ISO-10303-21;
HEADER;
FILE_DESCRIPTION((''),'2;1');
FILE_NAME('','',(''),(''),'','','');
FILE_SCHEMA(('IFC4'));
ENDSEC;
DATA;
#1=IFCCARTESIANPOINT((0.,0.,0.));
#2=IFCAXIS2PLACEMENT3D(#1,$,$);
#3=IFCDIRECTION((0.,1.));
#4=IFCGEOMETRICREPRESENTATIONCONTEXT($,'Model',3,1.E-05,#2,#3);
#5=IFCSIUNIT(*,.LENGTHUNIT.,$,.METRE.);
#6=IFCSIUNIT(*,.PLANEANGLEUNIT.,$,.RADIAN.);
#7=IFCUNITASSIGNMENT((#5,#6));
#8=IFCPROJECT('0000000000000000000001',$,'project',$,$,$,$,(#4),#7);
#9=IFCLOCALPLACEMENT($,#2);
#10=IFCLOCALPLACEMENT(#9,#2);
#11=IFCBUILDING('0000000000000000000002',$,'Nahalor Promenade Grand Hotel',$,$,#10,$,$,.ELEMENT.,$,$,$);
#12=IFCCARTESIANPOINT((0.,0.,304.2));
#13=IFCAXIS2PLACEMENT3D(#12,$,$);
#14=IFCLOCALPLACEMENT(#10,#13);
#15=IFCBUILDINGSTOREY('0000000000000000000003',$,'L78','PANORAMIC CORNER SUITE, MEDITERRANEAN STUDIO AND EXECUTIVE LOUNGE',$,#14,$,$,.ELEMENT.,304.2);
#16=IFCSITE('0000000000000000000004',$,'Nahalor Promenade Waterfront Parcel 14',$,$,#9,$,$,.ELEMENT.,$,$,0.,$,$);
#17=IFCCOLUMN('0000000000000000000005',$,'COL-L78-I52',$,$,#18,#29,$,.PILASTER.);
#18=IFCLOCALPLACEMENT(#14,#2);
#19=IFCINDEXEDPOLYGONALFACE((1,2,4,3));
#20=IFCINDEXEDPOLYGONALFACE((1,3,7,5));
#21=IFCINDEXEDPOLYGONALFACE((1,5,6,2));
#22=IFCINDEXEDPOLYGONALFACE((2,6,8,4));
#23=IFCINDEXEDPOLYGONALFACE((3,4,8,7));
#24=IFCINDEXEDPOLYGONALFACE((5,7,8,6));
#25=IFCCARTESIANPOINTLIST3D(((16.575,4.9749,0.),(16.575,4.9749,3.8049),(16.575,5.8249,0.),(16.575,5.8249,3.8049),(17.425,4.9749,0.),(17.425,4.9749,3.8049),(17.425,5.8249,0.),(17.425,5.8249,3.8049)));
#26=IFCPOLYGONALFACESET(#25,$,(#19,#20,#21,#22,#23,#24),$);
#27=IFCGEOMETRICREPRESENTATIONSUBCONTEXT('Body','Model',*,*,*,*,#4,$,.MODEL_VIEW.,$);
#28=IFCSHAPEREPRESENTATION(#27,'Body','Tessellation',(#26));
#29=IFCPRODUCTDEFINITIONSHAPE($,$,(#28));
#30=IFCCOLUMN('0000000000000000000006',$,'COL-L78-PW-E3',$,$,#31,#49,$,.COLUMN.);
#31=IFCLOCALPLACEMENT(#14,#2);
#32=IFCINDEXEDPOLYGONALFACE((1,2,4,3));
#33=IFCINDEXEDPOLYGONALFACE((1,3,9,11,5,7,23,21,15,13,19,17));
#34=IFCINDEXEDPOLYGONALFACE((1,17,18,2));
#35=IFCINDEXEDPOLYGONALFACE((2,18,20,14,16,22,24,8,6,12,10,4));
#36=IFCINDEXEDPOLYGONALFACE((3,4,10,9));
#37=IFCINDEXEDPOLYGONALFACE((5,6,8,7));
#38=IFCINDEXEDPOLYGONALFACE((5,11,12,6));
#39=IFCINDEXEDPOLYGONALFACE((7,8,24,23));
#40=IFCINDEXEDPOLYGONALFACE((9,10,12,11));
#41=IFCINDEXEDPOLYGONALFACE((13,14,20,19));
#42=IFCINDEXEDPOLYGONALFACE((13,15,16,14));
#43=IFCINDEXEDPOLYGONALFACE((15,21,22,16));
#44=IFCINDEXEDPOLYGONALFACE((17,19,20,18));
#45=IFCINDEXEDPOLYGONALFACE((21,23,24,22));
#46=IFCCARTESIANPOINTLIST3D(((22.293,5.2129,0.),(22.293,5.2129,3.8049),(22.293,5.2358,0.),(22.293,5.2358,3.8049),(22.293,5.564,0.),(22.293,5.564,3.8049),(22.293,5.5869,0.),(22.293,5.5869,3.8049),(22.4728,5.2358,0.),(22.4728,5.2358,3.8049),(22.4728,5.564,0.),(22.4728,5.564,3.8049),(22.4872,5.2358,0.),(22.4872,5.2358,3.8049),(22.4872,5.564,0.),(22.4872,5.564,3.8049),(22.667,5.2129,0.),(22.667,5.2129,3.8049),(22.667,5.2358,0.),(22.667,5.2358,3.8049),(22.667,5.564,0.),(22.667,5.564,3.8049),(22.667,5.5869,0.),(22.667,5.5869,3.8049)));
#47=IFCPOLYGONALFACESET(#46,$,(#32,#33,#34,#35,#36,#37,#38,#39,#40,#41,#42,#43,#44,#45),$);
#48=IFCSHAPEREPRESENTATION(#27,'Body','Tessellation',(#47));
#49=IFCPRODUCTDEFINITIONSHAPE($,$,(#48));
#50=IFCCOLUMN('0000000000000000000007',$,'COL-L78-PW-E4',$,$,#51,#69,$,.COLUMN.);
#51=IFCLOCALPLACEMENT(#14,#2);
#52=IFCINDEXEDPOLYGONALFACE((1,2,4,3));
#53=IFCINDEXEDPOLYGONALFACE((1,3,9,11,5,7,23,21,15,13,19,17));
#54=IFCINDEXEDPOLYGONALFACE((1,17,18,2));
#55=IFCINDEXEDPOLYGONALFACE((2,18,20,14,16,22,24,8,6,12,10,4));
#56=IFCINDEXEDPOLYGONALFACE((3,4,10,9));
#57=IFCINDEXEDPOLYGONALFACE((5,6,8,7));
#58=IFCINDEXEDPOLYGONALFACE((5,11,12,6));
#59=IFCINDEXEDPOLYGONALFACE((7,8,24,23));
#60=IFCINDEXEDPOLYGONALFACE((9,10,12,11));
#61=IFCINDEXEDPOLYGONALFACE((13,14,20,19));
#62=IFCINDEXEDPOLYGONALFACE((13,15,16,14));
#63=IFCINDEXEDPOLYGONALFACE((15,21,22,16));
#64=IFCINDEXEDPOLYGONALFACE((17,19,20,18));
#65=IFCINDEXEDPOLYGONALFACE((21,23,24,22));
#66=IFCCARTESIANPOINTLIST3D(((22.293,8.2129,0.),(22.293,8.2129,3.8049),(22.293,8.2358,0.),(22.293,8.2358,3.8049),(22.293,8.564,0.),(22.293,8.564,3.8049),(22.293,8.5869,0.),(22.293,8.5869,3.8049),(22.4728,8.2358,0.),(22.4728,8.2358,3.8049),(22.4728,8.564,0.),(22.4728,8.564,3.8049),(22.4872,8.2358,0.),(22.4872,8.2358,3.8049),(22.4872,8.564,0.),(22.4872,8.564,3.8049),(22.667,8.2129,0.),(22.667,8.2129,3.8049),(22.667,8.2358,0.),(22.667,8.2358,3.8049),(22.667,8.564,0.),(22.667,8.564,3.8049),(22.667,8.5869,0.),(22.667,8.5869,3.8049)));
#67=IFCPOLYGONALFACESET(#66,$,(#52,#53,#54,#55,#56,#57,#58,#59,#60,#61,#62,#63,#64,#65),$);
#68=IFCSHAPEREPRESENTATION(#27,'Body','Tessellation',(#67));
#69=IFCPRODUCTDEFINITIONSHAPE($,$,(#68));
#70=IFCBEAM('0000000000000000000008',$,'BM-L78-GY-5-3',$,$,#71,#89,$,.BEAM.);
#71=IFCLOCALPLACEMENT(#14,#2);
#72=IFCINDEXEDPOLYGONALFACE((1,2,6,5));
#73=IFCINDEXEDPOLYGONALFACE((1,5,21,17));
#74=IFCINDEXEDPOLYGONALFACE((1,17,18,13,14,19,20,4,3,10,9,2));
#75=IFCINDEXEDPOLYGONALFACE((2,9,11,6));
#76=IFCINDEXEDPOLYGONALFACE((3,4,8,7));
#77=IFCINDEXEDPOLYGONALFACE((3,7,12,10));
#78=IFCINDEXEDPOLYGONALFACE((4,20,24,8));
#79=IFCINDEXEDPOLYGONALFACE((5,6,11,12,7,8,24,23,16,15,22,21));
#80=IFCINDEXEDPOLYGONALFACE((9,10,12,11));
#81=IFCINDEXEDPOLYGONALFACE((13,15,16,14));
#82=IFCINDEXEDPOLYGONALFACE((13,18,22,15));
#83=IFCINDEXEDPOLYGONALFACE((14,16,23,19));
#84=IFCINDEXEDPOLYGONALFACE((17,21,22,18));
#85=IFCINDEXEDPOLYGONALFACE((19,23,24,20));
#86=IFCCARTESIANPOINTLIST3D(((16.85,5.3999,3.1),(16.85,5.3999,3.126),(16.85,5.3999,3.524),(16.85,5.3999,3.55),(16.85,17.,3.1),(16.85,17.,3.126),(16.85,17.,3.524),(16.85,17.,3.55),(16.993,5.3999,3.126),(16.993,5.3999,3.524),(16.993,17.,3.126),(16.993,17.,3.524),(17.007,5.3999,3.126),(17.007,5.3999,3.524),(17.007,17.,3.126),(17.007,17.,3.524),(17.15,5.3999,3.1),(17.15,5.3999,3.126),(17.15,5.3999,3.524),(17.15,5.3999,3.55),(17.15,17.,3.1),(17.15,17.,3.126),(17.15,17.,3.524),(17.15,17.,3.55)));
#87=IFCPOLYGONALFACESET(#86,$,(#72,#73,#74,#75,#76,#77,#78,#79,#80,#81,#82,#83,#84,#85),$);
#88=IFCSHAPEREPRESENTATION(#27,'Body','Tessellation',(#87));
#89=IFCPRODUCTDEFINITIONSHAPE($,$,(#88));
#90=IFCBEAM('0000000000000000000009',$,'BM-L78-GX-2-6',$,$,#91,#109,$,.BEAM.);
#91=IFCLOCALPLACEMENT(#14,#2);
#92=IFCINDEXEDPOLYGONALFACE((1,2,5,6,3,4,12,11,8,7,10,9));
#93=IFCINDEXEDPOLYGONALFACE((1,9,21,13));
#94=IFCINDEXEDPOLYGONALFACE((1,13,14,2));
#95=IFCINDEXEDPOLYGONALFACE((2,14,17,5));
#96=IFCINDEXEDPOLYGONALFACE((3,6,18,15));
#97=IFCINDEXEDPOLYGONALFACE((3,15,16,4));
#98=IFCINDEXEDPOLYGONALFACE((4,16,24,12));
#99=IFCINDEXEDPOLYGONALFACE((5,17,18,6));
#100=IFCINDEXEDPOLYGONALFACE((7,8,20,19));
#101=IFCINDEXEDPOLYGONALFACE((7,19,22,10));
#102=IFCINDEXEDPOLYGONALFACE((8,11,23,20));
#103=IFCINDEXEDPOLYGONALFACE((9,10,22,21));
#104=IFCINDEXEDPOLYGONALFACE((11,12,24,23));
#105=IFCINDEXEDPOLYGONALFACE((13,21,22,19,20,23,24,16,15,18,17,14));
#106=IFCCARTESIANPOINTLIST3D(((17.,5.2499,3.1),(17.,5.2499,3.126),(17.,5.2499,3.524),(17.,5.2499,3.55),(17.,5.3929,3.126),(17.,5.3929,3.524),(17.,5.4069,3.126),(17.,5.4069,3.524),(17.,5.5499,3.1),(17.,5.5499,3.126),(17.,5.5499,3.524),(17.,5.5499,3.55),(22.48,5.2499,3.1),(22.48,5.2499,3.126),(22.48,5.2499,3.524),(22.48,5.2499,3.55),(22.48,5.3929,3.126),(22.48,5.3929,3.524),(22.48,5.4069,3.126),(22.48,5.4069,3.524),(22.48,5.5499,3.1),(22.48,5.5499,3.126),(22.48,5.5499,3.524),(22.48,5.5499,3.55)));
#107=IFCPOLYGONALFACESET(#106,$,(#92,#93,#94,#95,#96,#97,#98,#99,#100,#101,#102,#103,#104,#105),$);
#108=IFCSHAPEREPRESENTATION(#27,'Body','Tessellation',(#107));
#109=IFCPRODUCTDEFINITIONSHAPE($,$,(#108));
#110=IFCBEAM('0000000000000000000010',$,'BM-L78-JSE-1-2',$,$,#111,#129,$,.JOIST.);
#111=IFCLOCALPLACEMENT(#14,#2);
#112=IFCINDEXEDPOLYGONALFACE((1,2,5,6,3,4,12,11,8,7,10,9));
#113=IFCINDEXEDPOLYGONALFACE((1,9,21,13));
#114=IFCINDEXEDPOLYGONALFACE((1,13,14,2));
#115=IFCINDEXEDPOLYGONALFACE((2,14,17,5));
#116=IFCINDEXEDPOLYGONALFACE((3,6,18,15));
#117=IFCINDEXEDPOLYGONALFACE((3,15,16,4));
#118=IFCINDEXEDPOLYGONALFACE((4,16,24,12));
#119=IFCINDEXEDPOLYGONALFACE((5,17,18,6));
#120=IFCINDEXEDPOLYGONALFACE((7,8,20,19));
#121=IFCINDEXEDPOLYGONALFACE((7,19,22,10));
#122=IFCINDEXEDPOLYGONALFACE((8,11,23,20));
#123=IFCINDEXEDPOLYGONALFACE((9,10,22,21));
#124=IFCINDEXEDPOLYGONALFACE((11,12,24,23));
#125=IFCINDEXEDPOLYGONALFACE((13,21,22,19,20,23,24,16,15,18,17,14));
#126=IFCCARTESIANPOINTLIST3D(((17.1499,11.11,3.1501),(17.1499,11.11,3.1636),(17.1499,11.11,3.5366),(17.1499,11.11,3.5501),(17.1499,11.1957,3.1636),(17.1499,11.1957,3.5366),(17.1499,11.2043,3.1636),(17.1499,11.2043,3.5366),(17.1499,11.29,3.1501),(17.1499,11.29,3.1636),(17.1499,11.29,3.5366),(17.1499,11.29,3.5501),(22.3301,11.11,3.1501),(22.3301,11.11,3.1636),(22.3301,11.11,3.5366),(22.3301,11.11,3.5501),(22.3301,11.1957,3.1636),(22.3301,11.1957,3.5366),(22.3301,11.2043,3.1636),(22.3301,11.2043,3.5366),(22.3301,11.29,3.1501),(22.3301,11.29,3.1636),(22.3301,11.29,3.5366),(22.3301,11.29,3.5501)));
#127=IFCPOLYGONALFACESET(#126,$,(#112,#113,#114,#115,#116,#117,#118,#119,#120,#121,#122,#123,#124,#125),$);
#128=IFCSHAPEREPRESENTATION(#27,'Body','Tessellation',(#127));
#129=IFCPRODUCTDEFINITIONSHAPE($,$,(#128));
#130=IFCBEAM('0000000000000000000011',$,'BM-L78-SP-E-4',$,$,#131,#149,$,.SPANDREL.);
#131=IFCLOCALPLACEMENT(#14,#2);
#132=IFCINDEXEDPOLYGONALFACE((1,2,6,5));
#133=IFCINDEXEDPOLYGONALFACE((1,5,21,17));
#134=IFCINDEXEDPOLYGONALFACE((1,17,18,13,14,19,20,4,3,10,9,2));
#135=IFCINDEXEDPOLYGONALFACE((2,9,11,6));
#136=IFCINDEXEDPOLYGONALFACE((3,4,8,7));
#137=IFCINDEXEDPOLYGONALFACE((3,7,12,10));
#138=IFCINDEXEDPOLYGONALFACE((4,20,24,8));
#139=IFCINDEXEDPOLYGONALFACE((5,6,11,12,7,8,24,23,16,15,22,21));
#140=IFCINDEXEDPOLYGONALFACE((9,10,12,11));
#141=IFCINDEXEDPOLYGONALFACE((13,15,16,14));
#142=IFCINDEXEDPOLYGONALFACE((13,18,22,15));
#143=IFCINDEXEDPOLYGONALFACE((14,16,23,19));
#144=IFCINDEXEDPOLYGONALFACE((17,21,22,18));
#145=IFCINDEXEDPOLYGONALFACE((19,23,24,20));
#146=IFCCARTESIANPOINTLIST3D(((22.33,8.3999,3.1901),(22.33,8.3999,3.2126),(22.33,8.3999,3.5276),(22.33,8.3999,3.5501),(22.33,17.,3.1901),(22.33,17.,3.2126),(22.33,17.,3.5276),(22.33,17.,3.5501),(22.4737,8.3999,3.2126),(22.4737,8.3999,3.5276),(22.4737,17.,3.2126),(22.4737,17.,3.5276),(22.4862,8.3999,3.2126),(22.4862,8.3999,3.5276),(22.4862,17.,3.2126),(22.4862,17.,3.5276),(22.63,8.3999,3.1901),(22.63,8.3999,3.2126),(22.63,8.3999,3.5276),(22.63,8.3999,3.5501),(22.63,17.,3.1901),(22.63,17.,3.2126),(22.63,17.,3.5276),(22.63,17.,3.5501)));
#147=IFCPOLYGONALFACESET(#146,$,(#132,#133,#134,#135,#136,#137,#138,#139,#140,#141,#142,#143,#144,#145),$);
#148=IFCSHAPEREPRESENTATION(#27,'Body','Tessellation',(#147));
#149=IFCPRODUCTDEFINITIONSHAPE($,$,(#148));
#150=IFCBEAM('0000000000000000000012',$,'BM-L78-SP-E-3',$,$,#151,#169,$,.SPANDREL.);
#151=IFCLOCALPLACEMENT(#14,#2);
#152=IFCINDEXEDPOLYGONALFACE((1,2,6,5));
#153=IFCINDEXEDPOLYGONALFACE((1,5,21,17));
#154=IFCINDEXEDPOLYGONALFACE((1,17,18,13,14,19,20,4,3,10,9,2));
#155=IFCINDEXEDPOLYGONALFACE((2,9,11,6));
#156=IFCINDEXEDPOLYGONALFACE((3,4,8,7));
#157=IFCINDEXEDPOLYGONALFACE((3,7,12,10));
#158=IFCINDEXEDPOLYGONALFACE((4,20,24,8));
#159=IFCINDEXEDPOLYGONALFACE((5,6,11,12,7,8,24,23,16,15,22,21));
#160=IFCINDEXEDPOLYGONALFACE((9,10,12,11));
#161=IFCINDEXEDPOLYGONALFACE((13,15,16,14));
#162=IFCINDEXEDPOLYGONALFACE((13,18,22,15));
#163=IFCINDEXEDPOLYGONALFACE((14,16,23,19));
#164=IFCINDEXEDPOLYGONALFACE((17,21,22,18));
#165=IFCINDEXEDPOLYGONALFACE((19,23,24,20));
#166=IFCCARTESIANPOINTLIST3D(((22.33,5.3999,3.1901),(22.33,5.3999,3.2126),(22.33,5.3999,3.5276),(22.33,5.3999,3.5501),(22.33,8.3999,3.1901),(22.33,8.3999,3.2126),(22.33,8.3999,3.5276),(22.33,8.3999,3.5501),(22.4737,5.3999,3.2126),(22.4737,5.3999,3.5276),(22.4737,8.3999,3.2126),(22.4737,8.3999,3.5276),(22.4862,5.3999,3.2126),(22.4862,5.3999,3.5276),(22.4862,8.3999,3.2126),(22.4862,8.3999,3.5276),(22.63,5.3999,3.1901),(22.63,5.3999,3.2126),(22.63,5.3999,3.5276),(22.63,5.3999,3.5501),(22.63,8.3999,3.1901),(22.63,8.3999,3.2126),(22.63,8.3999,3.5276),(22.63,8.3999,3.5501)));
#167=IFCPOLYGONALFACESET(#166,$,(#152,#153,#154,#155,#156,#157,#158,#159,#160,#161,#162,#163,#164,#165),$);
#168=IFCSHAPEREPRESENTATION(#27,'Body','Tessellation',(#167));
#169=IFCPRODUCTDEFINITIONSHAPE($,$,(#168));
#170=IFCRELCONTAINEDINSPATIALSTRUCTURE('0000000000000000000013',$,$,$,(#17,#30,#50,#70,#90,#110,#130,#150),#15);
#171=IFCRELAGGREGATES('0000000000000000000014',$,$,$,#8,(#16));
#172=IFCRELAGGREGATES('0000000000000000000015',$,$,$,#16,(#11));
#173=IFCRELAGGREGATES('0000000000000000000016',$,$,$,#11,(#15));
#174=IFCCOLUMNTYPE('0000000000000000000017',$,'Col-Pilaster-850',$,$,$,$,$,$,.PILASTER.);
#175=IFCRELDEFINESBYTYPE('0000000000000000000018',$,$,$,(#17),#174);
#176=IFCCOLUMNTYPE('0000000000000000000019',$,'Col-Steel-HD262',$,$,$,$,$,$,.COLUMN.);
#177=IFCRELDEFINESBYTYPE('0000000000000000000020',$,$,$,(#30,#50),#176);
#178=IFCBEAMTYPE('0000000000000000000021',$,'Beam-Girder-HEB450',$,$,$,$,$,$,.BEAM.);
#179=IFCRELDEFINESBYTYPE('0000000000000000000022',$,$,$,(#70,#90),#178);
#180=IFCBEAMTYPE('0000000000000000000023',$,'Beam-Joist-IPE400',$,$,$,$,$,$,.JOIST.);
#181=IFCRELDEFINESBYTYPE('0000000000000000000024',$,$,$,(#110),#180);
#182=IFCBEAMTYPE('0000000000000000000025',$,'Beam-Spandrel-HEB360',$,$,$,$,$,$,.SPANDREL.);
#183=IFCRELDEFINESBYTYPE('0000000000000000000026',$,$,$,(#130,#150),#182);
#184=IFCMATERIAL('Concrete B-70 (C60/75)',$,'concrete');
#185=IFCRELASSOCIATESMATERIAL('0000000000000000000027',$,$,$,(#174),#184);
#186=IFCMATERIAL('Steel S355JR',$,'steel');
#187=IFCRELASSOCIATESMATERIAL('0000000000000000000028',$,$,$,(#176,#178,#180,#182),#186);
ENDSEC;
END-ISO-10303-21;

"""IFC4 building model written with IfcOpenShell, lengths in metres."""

from ifc_helpers import new_model, si_unit, direction, frame, origin, origin_2d, place, context, subcontext, project, spatial, rectangle, i_section, extrude, source, transform, mapped, material, material_profile, profile_set, type_object, element, save


model = new_model("IFC4")

# Units and contexts
model_context = context("Model", 3, precision=1e-05, world=origin(), true_north=direction((0.0, 1.0)))
body_context = subcontext(model_context, "Body", "Model", "MODEL_VIEW")
ifc_project = project(units=[si_unit("LENGTHUNIT", "METRE"), si_unit("PLANEANGLEUNIT", "RADIAN")], contexts=[model_context])

# Site, building, storey
site_placement = place(None, origin())
site = spatial("IfcSite", under=ifc_project, at=site_placement, Name="Nahalor Promenade Waterfront Parcel 14", CompositionType="ELEMENT", RefElevation=0.0)
building_placement = place(site_placement, origin())
building = spatial("IfcBuilding", under=site, at=building_placement, Name="Nahalor Promenade Grand Hotel", CompositionType="ELEMENT")
storey_placement = place(building_placement, frame((0.0, 0.0, 304.2)))
storey = spatial("IfcBuildingStorey", under=building, at=storey_placement, Name="L78", Description="PANORAMIC CORNER SUITE, MEDITERRANEAN STUDIO AND EXECUTIVE LOUNGE", CompositionType="ELEMENT", Elevation=304.2)

# Columns
ifc_material_1 = material(Name="Concrete B-70 (C60/75)", Category="concrete")
ifc_material_profile_1 = material_profile(ifc_material_1, rectangle(XDim=0.85, YDim=0.85, at=origin_2d()), Name="RC 850x850")
ifc_profile_set_1 = profile_set([ifc_material_profile_1], Name="Concrete B-70 (C60/75)")
column_type_1 = type_object("IfcColumnType", Name="Col-Pilaster-850", PredefinedType="PILASTER", material=ifc_profile_set_1)
shared_shape_1 = source(origin(), body_context, "Body", "SweptSolid", [
    extrude(rectangle(XDim=0.85, YDim=0.85, at=origin_2d()), origin(), (0.0, 0.0, 1.0), 3.8049),
])
column_placement = place(storey_placement, frame((17.0, 5.3999, 0.0), z_axis=(0.0, 0.0, 1.0), x_axis=(1.0, 0.0, 0.0)))
element("IfcColumn", 1, at=column_placement, inside=storey, type_object=column_type_1, Name="COL-L78-I52", PredefinedType="PILASTER", context=body_context, shape_type="MappedRepresentation", body=[
    mapped(shared_shape_1, transform((0.0, 0.0, 0.0), scale=1.0)),
])
ifc_material_2 = material(Name="Steel S355JR", Category="steel")
ifc_material_profile_2 = material_profile(ifc_material_2, i_section(OverallWidth=0.374, OverallDepth=0.374, WebThickness=0.0144, FlangeThickness=0.0229, at=origin_2d()), Name="HD 360x262")
ifc_profile_set_2 = profile_set([ifc_material_profile_2], Name="Steel S355JR")
column_type_2 = type_object("IfcColumnType", Name="Col-Steel-HD262", PredefinedType="COLUMN", material=ifc_profile_set_2)
shared_shape_2 = source(origin(), body_context, "Body", "SweptSolid", [
    extrude(i_section(OverallWidth=0.374, OverallDepth=0.374, WebThickness=0.0144, FlangeThickness=0.0229, at=origin_2d()), origin(), (0.0, 0.0, 1.0), 3.8049),
])
for number, where, z_axis, x_axis, name in (
    (2, (22.48, 5.3999, 0.0), (0.0, 0.0, 1.0), (1.0, 0.0, 0.0), "COL-L78-PW-E3"),
    (3, (22.48, 8.3999, 0.0), (0.0, 0.0, 1.0), (1.0, 0.0, 0.0), "COL-L78-PW-E4"),
):
    element("IfcColumn", number, at=place(storey_placement, frame(where, z_axis=z_axis, x_axis=x_axis)), inside=storey, type_object=column_type_2, Name=name, PredefinedType="COLUMN", context=body_context, shape_type="MappedRepresentation", body=[
        mapped(shared_shape_2, transform((0.0, 0.0, 0.0), scale=1.0)),
    ])

# Beams
ifc_material_profile_3 = material_profile(ifc_material_2, i_section(OverallWidth=0.3, OverallDepth=0.45, WebThickness=0.014, FlangeThickness=0.026, at=origin_2d()), Name="HEB 450")
ifc_profile_set_3 = profile_set([ifc_material_profile_3], Name="Steel S355JR")
beam_type_1 = type_object("IfcBeamType", Name="Beam-Girder-HEB450", PredefinedType="BEAM", material=ifc_profile_set_3)
shared_shape_3 = source(origin(), body_context, "Body", "SweptSolid", [
    extrude(i_section(OverallWidth=0.3, OverallDepth=0.45, WebThickness=0.014, FlangeThickness=0.026, at=origin_2d()), origin(), (0.0, 0.0, 1.0), 11.6001),
])
beam_1_placement = place(storey_placement, frame((17.0, 5.3999, 3.325), z_axis=(0.0, 1.0, 0.0), x_axis=(-1.0, 0.0, 0.0)))
element("IfcBeam", 4, at=beam_1_placement, inside=storey, type_object=beam_type_1, Name="BM-L78-GY-5-3", PredefinedType="BEAM", context=body_context, shape_type="MappedRepresentation", body=[
    mapped(shared_shape_3, transform((0.0, 0.0, 0.0), scale=1.0)),
])
shared_shape_4 = source(origin(), body_context, "Body", "SweptSolid", [
    extrude(i_section(OverallWidth=0.3, OverallDepth=0.45, WebThickness=0.014, FlangeThickness=0.026, at=origin_2d()), origin(), (0.0, 0.0, 1.0), 5.48),
])
beam_2_placement = place(storey_placement, frame((17.0, 5.3999, 3.325), z_axis=(1.0, 0.0, 0.0), x_axis=(0.0, 1.0, 0.0)))
element("IfcBeam", 5, at=beam_2_placement, inside=storey, type_object=beam_type_1, Name="BM-L78-GX-2-6", PredefinedType="BEAM", context=body_context, shape_type="MappedRepresentation", body=[
    mapped(shared_shape_4, transform((0.0, 0.0, 0.0), scale=1.0)),
])
ifc_material_profile_4 = material_profile(ifc_material_2, i_section(OverallWidth=0.18, OverallDepth=0.4, WebThickness=0.0086, FlangeThickness=0.0135, at=origin_2d()), Name="IPE 400")
ifc_profile_set_4 = profile_set([ifc_material_profile_4], Name="Steel S355JR")
beam_type_2 = type_object("IfcBeamType", Name="Beam-Joist-IPE400", PredefinedType="JOIST", material=ifc_profile_set_4)
shared_shape_5 = source(origin(), body_context, "Body", "SweptSolid", [
    extrude(i_section(OverallWidth=0.18, OverallDepth=0.4, WebThickness=0.0086, FlangeThickness=0.0135, at=origin_2d()), origin(), (0.0, 0.0, 1.0), 5.1802),
])
beam_3_placement = place(storey_placement, frame((17.1499, 11.2, 3.3501), z_axis=(1.0, 0.0, 0.0), x_axis=(0.0, 1.0, 0.0)))
element("IfcBeam", 6, at=beam_3_placement, inside=storey, type_object=beam_type_2, Name="BM-L78-JSE-1-2", PredefinedType="JOIST", context=body_context, shape_type="MappedRepresentation", body=[
    mapped(shared_shape_5, transform((0.0, 0.0, 0.0), scale=1.0)),
])
ifc_material_profile_5 = material_profile(ifc_material_2, i_section(OverallWidth=0.3, OverallDepth=0.36, WebThickness=0.0125, FlangeThickness=0.0225, at=origin_2d()), Name="HEB 360")
ifc_profile_set_5 = profile_set([ifc_material_profile_5], Name="Steel S355JR")
beam_type_3 = type_object("IfcBeamType", Name="Beam-Spandrel-HEB360", PredefinedType="SPANDREL", material=ifc_profile_set_5)
shared_shape_6 = source(origin(), body_context, "Body", "SweptSolid", [
    extrude(i_section(OverallWidth=0.3, OverallDepth=0.36, WebThickness=0.0125, FlangeThickness=0.0225, at=origin_2d()), origin(), (0.0, 0.0, 1.0), 8.6001),
])
beam_4_placement = place(storey_placement, frame((22.48, 8.3999, 3.3701), z_axis=(0.0, 1.0, 0.0), x_axis=(-1.0, 0.0, 0.0)))
element("IfcBeam", 7, at=beam_4_placement, inside=storey, type_object=beam_type_3, Name="BM-L78-SP-E-4", PredefinedType="SPANDREL", context=body_context, shape_type="MappedRepresentation", body=[
    mapped(shared_shape_6, transform((0.0, 0.0, 0.0), scale=1.0)),
])
shared_shape_7 = source(origin(), body_context, "Body", "SweptSolid", [
    extrude(i_section(OverallWidth=0.3, OverallDepth=0.36, WebThickness=0.0125, FlangeThickness=0.0225, at=origin_2d()), origin(), (0.0, 0.0, 1.0), 3.0),
])
beam_5_placement = place(storey_placement, frame((22.48, 5.3999, 3.3701), z_axis=(0.0, 1.0, 0.0), x_axis=(-1.0, 0.0, 0.0)))
element("IfcBeam", 8, at=beam_5_placement, inside=storey, type_object=beam_type_3, Name="BM-L78-SP-E-3", PredefinedType="SPANDREL", context=body_context, shape_type="MappedRepresentation", body=[
    mapped(shared_shape_7, transform((0.0, 0.0, 0.0), scale=1.0)),
])

save(model, "model.ifc")
